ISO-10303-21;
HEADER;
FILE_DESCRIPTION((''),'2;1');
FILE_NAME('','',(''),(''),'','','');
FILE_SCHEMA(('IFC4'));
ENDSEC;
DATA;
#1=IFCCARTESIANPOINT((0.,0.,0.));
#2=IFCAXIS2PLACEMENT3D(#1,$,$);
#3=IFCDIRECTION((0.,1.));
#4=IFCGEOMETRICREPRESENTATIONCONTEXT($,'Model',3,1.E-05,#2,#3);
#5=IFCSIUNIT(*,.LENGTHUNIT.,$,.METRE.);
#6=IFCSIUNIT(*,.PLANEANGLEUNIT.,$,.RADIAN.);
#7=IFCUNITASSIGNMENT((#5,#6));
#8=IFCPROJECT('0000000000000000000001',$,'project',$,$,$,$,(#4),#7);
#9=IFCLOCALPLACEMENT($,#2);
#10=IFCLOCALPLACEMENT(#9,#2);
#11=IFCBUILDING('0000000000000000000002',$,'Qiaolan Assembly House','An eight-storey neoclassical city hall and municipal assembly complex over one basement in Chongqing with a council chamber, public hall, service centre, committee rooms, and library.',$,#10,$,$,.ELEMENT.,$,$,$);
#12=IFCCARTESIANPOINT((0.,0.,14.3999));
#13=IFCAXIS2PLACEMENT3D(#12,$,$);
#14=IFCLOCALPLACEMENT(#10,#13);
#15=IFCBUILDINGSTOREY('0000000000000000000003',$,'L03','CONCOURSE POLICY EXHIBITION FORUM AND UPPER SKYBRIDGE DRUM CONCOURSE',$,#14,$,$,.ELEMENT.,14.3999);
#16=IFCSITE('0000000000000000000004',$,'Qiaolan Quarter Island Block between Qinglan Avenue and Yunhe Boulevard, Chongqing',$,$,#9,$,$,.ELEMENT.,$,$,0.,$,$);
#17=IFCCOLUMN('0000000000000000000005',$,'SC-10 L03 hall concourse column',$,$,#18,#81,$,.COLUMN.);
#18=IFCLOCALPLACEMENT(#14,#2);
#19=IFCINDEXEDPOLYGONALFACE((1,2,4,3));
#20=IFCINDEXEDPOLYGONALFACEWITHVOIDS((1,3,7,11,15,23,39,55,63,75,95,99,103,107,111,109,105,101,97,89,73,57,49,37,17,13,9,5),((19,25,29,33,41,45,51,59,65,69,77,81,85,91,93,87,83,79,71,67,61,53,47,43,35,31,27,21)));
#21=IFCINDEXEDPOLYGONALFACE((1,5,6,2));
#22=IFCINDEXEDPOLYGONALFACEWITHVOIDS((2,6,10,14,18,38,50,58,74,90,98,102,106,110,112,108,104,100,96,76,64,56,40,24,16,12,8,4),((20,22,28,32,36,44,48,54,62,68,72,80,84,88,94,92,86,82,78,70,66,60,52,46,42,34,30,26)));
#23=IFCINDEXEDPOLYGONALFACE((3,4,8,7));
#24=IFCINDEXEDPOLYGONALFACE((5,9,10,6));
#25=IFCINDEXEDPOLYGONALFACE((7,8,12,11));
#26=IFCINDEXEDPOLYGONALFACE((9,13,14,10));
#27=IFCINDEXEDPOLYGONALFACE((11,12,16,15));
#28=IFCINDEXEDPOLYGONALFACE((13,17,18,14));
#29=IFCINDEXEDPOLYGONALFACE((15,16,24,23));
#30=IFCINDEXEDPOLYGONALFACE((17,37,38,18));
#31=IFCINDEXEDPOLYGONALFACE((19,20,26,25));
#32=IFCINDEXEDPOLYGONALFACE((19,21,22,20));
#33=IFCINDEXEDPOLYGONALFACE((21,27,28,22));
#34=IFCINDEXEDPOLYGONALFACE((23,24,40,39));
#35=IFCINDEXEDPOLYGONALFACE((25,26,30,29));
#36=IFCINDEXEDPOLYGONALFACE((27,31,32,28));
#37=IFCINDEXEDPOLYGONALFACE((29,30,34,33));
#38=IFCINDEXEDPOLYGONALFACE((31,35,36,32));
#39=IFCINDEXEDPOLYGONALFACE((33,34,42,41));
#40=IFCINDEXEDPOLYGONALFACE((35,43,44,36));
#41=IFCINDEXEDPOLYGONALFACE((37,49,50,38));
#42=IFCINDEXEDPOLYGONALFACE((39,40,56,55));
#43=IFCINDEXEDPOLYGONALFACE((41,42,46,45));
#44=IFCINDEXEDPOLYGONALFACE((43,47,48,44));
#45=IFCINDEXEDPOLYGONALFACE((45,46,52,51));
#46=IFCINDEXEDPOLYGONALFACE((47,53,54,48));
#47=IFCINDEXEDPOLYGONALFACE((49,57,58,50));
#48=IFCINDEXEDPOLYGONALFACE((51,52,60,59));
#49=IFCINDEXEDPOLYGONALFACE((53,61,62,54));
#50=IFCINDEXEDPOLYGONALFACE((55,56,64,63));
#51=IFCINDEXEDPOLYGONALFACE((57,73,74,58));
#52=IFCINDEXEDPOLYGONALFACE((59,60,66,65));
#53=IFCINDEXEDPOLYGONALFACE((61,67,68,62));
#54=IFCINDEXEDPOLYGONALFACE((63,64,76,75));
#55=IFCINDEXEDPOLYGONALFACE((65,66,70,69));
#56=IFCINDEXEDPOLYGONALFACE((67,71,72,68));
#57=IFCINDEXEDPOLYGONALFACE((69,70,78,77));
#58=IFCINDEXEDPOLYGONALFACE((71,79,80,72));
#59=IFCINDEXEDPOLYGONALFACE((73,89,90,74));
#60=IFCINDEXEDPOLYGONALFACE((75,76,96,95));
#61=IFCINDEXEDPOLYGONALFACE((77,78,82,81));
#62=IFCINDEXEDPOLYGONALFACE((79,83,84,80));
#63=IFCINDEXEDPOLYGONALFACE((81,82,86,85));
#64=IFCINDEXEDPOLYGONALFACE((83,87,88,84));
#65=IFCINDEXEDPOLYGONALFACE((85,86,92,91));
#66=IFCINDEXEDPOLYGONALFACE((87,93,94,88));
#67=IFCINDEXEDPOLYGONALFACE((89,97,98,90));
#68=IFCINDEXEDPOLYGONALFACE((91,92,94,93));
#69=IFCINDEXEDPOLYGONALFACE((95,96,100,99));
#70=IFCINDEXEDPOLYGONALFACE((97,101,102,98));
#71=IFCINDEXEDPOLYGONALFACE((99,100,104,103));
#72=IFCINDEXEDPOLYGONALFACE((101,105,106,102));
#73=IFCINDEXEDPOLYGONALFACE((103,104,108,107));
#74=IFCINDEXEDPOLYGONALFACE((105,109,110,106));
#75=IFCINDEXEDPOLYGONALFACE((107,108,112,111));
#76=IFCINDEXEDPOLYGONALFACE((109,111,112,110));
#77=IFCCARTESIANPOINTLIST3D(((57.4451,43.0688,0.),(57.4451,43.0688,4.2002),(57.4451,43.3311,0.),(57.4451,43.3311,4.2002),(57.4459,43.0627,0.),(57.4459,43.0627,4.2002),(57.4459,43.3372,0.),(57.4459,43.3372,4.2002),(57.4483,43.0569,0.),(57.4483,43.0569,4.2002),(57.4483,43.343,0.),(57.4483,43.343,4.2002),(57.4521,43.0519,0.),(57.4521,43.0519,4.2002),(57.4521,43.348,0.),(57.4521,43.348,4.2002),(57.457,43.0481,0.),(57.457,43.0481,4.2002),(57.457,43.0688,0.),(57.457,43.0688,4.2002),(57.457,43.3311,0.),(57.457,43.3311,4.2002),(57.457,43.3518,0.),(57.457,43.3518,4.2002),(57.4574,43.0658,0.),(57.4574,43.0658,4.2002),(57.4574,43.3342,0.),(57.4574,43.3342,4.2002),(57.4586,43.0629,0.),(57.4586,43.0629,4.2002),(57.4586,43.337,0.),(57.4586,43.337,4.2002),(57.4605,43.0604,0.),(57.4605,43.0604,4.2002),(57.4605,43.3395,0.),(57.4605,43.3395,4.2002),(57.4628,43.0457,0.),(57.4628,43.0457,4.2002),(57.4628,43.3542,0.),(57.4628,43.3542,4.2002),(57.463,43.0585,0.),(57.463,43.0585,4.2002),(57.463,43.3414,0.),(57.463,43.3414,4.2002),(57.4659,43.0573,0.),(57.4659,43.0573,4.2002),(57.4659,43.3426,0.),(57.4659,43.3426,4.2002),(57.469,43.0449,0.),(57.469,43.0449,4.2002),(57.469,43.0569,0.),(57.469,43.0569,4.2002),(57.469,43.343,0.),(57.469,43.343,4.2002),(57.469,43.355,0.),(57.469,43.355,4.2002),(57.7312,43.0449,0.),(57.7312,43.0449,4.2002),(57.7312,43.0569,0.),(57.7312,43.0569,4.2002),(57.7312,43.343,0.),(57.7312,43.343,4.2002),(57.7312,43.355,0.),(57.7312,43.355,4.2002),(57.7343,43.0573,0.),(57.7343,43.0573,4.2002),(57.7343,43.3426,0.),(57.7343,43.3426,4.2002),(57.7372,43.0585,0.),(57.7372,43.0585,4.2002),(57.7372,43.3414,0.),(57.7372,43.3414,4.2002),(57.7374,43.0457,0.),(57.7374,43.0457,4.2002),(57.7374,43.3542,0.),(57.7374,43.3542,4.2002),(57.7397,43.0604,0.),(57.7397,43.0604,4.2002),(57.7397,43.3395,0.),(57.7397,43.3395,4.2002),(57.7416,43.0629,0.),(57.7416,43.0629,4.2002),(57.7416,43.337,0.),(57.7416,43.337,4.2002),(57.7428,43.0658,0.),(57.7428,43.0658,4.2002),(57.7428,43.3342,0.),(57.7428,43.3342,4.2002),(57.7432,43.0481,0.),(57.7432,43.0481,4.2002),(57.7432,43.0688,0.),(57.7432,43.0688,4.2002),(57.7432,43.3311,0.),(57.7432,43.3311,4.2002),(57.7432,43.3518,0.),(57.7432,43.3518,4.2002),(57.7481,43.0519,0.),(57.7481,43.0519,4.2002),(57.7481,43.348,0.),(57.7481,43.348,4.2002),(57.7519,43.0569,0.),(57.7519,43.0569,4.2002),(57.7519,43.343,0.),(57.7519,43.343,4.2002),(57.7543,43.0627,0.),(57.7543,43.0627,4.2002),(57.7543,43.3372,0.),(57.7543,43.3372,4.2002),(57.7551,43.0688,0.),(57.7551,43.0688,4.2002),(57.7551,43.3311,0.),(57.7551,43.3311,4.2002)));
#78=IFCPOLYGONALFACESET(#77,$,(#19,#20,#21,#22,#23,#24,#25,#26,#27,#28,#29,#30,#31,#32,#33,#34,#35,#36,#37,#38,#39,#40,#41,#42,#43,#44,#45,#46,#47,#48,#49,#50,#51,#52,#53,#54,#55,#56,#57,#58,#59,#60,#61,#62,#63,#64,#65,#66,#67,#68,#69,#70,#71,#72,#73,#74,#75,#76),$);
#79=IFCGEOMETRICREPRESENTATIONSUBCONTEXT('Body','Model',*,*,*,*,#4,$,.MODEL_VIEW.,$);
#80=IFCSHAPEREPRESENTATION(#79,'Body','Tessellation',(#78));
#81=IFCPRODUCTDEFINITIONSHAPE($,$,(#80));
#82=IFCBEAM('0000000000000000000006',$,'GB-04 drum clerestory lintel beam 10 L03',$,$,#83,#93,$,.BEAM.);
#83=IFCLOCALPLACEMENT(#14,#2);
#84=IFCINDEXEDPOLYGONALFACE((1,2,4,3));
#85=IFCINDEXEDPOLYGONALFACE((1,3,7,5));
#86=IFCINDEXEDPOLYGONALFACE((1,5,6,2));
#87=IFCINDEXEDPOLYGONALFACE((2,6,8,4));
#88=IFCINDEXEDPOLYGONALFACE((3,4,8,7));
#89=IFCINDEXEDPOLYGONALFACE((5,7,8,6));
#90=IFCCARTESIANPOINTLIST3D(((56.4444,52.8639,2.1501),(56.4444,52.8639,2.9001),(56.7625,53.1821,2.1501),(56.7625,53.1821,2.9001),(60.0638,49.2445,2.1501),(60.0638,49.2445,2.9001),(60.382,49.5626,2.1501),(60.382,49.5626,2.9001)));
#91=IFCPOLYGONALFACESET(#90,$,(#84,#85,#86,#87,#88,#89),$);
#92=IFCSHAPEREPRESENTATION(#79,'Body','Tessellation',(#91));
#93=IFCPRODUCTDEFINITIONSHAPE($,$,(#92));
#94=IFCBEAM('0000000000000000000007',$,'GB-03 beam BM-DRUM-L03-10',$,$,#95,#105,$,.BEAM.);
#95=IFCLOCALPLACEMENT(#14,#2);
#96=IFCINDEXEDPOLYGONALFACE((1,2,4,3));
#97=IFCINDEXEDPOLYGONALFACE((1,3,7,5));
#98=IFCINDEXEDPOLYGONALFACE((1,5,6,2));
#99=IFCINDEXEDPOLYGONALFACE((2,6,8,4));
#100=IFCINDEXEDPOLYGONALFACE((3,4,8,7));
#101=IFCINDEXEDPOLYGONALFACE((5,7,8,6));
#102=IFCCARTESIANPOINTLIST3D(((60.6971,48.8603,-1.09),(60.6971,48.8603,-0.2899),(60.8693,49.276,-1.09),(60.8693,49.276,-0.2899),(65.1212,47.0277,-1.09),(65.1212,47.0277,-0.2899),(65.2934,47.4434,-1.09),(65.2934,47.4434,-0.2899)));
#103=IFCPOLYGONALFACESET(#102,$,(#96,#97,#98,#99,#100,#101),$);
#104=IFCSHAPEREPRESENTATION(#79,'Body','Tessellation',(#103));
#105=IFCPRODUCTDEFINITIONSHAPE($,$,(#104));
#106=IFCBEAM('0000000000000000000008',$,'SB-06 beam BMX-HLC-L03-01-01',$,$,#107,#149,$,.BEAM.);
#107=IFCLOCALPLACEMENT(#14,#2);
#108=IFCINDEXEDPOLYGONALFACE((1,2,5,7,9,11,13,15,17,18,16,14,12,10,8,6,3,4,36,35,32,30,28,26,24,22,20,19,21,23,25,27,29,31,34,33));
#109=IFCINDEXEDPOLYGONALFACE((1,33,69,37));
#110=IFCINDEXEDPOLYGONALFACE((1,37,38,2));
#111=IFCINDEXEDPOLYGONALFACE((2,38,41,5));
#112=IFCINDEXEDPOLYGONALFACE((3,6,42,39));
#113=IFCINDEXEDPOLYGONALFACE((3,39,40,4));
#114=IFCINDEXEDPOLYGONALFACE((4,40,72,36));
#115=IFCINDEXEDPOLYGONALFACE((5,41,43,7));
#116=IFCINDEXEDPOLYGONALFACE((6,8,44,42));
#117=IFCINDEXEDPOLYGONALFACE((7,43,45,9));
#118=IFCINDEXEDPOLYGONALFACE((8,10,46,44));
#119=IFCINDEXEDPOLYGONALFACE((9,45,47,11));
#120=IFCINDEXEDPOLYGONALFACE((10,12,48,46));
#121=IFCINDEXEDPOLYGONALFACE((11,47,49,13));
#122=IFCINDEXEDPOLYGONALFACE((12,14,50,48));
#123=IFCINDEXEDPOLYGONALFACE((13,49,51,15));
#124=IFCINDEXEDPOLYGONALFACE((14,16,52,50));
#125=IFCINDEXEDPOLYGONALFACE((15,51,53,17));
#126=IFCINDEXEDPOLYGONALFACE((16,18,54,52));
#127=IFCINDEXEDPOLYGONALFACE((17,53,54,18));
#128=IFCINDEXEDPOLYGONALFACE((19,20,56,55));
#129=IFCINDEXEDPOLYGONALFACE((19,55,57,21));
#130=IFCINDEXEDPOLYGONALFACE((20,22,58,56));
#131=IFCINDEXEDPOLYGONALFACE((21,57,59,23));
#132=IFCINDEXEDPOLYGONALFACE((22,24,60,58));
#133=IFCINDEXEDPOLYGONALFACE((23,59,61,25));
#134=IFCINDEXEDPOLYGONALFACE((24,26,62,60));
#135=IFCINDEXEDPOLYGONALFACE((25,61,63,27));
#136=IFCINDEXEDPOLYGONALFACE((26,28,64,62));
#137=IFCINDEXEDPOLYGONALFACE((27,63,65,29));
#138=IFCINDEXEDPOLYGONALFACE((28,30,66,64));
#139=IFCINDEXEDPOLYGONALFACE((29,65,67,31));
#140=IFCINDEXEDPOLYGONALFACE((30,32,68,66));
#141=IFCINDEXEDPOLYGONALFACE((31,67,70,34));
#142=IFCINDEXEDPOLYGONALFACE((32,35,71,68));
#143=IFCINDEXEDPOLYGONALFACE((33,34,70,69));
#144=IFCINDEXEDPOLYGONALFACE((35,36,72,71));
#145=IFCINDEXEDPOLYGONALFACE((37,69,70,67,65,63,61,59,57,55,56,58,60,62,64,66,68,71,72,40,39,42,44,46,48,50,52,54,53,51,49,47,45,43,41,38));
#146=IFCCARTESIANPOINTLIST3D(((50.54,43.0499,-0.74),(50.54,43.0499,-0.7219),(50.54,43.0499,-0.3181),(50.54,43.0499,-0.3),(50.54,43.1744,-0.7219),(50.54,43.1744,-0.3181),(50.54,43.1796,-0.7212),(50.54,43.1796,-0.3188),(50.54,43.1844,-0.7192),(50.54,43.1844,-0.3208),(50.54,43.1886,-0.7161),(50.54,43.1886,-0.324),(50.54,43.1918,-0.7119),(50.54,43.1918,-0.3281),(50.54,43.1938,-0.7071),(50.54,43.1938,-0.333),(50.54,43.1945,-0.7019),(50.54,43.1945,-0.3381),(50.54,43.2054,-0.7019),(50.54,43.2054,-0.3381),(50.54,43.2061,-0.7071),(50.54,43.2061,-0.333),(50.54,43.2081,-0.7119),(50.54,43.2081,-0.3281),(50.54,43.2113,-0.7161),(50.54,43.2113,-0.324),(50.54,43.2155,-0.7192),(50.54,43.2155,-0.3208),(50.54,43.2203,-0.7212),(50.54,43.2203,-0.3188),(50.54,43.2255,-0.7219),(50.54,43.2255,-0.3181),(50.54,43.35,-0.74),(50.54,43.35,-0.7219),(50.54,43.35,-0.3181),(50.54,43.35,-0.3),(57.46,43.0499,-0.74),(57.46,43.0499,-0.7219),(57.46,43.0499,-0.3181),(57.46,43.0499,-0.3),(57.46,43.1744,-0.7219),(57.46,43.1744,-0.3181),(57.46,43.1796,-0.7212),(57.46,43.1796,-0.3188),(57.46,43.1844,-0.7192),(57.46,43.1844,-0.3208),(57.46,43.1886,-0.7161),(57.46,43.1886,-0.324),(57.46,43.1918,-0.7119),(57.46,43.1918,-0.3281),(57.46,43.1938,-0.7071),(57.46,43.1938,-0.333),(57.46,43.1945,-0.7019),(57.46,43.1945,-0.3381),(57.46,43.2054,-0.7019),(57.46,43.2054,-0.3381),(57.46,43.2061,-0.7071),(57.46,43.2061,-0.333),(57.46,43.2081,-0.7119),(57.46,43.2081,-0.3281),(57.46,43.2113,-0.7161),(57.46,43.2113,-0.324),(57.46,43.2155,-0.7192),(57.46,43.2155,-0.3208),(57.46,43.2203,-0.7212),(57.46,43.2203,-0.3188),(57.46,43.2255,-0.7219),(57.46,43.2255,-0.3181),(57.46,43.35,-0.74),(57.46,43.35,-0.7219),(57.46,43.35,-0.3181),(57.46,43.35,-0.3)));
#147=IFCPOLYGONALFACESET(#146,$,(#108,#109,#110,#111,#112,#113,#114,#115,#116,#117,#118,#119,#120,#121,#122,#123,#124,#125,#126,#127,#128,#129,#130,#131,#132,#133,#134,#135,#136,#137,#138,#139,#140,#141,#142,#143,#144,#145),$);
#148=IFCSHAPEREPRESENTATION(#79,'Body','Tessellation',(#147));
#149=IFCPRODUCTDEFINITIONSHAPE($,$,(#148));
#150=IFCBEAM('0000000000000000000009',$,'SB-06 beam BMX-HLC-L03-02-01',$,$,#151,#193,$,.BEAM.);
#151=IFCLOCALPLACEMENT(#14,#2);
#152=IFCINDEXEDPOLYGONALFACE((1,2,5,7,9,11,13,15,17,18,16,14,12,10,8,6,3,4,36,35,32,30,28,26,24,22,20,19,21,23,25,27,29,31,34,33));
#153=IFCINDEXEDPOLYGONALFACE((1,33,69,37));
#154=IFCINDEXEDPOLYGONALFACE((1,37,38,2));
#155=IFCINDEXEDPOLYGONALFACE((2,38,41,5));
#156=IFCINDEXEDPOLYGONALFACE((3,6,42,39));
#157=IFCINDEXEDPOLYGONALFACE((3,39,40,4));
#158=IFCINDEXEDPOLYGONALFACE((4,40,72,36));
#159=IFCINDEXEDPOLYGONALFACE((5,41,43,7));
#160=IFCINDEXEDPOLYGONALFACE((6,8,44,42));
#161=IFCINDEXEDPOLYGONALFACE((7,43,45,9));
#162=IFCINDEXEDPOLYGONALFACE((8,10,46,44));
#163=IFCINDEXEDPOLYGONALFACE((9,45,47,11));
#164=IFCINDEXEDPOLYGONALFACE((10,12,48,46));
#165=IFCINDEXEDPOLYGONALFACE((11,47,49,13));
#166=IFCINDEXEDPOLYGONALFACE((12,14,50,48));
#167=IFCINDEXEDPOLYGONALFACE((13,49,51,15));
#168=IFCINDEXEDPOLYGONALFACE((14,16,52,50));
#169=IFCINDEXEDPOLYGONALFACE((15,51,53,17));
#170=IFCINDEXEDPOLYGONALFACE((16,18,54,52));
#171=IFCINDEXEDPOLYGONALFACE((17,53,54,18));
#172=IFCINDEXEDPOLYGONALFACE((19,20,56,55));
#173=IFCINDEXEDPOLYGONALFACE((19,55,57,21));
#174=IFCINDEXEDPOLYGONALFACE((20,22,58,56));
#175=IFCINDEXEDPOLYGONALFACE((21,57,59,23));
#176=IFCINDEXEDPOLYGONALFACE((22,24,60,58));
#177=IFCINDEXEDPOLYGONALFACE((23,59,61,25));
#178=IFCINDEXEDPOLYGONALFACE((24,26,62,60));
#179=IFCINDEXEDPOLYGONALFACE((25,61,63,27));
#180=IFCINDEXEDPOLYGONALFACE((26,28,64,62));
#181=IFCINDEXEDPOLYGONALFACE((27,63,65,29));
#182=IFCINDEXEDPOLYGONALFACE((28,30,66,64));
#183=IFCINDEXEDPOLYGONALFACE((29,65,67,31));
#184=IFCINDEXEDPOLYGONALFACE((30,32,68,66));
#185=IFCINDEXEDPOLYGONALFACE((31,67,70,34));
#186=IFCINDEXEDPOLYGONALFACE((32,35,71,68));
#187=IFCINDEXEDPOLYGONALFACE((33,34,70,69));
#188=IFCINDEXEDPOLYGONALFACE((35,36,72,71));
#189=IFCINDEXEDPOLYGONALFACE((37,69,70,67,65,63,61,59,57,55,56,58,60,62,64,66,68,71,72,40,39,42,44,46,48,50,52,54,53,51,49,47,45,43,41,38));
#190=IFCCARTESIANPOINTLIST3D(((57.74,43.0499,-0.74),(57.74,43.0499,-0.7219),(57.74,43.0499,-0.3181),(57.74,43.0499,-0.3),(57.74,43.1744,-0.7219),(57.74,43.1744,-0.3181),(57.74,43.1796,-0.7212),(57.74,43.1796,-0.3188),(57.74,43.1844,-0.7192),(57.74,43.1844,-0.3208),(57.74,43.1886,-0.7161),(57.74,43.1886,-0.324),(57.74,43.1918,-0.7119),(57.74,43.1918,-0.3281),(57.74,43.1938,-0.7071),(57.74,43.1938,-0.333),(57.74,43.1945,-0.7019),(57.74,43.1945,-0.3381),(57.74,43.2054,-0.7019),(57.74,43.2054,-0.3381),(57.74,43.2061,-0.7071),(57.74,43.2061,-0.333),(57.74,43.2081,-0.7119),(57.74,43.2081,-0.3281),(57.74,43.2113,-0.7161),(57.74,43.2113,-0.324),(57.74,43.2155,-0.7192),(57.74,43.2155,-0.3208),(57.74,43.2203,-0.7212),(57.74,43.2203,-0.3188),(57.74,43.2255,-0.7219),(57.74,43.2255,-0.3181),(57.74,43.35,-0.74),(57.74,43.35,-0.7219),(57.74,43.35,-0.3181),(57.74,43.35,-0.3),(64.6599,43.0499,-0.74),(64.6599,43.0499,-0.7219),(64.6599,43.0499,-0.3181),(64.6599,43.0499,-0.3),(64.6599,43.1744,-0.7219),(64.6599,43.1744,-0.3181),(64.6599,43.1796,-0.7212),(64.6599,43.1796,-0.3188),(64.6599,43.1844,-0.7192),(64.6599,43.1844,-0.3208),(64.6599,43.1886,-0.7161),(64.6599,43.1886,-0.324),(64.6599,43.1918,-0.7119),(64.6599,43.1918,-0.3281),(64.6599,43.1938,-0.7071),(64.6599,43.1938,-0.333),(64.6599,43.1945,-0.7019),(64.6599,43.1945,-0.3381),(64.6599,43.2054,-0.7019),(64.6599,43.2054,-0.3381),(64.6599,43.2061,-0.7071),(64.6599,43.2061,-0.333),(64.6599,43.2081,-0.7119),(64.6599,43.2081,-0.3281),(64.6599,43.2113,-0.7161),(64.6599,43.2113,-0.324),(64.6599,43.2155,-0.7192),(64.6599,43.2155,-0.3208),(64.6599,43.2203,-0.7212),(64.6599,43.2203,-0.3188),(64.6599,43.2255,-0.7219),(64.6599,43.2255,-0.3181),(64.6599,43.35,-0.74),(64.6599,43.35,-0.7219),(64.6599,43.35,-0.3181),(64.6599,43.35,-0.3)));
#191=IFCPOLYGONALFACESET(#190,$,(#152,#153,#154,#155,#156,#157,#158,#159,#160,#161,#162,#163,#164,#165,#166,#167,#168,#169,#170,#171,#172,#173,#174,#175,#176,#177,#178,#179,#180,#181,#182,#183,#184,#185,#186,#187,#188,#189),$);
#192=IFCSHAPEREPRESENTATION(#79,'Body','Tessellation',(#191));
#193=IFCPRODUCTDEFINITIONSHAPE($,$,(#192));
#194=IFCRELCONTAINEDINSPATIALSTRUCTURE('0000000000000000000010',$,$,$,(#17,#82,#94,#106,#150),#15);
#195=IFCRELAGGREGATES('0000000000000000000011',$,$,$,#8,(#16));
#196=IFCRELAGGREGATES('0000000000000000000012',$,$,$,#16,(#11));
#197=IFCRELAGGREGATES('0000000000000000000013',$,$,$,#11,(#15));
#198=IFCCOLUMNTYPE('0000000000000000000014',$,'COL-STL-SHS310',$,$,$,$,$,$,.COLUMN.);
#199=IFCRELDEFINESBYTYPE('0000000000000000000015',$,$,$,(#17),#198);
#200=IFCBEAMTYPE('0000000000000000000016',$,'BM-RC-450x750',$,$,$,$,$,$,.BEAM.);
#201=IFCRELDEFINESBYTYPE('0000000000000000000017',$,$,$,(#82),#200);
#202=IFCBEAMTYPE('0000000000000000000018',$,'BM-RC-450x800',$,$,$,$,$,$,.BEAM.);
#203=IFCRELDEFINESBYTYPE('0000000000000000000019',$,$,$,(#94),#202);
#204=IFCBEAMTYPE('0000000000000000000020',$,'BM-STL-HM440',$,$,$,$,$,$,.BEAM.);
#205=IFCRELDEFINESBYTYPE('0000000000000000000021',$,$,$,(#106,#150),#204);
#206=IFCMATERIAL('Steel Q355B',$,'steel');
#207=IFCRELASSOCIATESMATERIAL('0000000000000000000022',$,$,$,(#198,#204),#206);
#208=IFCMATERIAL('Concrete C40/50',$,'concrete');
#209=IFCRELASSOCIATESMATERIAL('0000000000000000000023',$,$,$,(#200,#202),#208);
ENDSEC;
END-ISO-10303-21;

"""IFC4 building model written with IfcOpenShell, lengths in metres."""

from ifc_helpers import new_model, si_unit, direction, frame, origin, origin_2d, place, context, subcontext, project, spatial, rectangle, hollow_rectangle, i_section, extrude, material, material_profile, profile_set, type_object, element, save


model = new_model("IFC4")

# Units and contexts
model_context = context("Model", 3, precision=1e-05, world=origin(), true_north=direction((0.0, 1.0)))
body_context = subcontext(model_context, "Body", "Model", "MODEL_VIEW")
ifc_project = project(units=[si_unit("LENGTHUNIT", "METRE"), si_unit("PLANEANGLEUNIT", "RADIAN")], contexts=[model_context])

# Site, building, storey
site_placement = place(None, origin())
site = spatial("IfcSite", under=ifc_project, at=site_placement, Name="Qiaolan Quarter Island Block between Qinglan Avenue and Yunhe Boulevard, Chongqing", CompositionType="ELEMENT", RefElevation=0.0)
building_placement = place(site_placement, origin())
building = spatial("IfcBuilding", under=site, at=building_placement, Name="Qiaolan Assembly House", Description="An eight-storey neoclassical city hall and municipal assembly complex over one basement in Chongqing with a council chamber, public hall, service centre, committee rooms, and library.", CompositionType="ELEMENT")
storey_placement = place(building_placement, frame((0.0, 0.0, 14.3999)))
storey = spatial("IfcBuildingStorey", under=building, at=storey_placement, Name="L03", Description="CONCOURSE POLICY EXHIBITION FORUM AND UPPER SKYBRIDGE DRUM CONCOURSE", CompositionType="ELEMENT", Elevation=14.3999)

# Column
ifc_material_1 = material(Name="Steel Q355B", Category="steel")
ifc_material_profile_1 = material_profile(ifc_material_1, hollow_rectangle(XDim=0.3101, YDim=0.3101, WallThickness=0.012, InnerFilletRadius=0.012, OuterFilletRadius=0.0239, at=origin_2d()), Name="SHS 310x310x12")
ifc_profile_set_1 = profile_set([ifc_material_profile_1], Name="Steel Q355B")
column_type_1 = type_object("IfcColumnType", Name="COL-STL-SHS310", PredefinedType="COLUMN", material=ifc_profile_set_1)
for number, where, z_axis, x_axis, name in (
    (1, (57.6001, 43.2, 0.0), (0.0, 0.0, 1.0), (1.0, 0.0, 0.0), "SC-10 L03 hall concourse column"),
):
    element("IfcColumn", number, at=place(storey_placement, frame(where, z_axis=z_axis, x_axis=x_axis)), inside=storey, type_object=column_type_1, Name=name, PredefinedType="COLUMN", context=body_context, shape_type="SweptSolid", body=[
        extrude(hollow_rectangle(XDim=0.3101, YDim=0.3101, WallThickness=0.012, InnerFilletRadius=0.012, OuterFilletRadius=0.0239, at=origin_2d()), origin(), (0.0, 0.0, 1.0), 4.2002),
    ])

# Beams
ifc_material_2 = material(Name="Concrete C40/50", Category="concrete")
ifc_material_profile_2 = material_profile(ifc_material_2, rectangle(XDim=0.45, YDim=0.75, at=origin_2d()), Name="RCB 450x750")
ifc_profile_set_2 = profile_set([ifc_material_profile_2], Name="Concrete C40/50")
beam_type_1 = type_object("IfcBeamType", Name="BM-RC-450x750", PredefinedType="BEAM", material=ifc_profile_set_2)
beam_1_placement = place(storey_placement, frame((60.2229, 49.4036, 2.5251), z_axis=(-0.707107, 0.707107, 0.0), x_axis=(-0.707107, -0.707107, 0.0)))
element("IfcBeam", 2, at=beam_1_placement, inside=storey, type_object=beam_type_1, Name="GB-04 drum clerestory lintel beam 10 L03", PredefinedType="BEAM", context=body_context, shape_type="SweptSolid", body=[
    extrude(rectangle(XDim=0.45, YDim=0.75, at=origin_2d()), origin(), (0.0, 0.0, 1.0), 5.1187),
])
ifc_material_profile_3 = material_profile(ifc_material_2, rectangle(XDim=0.45, YDim=0.8, at=origin_2d()), Name="RCB 450x800")
ifc_profile_set_3 = profile_set([ifc_material_profile_3], Name="Concrete C40/50")
beam_type_2 = type_object("IfcBeamType", Name="BM-RC-450x800", PredefinedType="BEAM", material=ifc_profile_set_3)
beam_2_placement = place(storey_placement, frame((60.7832, 49.0681, -0.6899), z_axis=(0.923879, -0.382685, 0.0), x_axis=(0.382685, 0.923879, 0.0)))
element("IfcBeam", 3, at=beam_2_placement, inside=storey, type_object=beam_type_2, Name="GB-03 beam BM-DRUM-L03-10", PredefinedType="BEAM", context=body_context, shape_type="SweptSolid", body=[
    extrude(rectangle(XDim=0.45, YDim=0.8, at=origin_2d()), origin(), (0.0, 0.0, 1.0), 4.7886),
])
ifc_material_profile_4 = material_profile(ifc_material_1, i_section(OverallWidth=0.3, OverallDepth=0.4399, WebThickness=0.011, FlangeThickness=0.0181, FilletRadius=0.02, at=origin_2d()), Name="HM 440x300x11x18")
ifc_profile_set_4 = profile_set([ifc_material_profile_4], Name="Steel Q355B")
beam_type_3 = type_object("IfcBeamType", Name="BM-STL-HM440", PredefinedType="BEAM", material=ifc_profile_set_4)
for number, where, z_axis, x_axis, name in (
    (4, (50.54, 43.2, -0.52), (1.0, 0.0, 0.0), (0.0, 1.0, 0.0), "SB-06 beam BMX-HLC-L03-01-01"),
    (5, (57.74, 43.2, -0.52), (1.0, 0.0, 0.0), (0.0, 1.0, 0.0), "SB-06 beam BMX-HLC-L03-02-01"),
):
    element("IfcBeam", number, at=place(storey_placement, frame(where, z_axis=z_axis, x_axis=x_axis)), inside=storey, type_object=beam_type_3, Name=name, PredefinedType="BEAM", context=body_context, shape_type="SweptSolid", body=[
        extrude(i_section(OverallWidth=0.3, OverallDepth=0.4399, WebThickness=0.011, FlangeThickness=0.0181, FilletRadius=0.02, at=origin_2d()), origin(), (0.0, 0.0, 1.0), 6.9199),
    ])

save(model, "model.ifc")
